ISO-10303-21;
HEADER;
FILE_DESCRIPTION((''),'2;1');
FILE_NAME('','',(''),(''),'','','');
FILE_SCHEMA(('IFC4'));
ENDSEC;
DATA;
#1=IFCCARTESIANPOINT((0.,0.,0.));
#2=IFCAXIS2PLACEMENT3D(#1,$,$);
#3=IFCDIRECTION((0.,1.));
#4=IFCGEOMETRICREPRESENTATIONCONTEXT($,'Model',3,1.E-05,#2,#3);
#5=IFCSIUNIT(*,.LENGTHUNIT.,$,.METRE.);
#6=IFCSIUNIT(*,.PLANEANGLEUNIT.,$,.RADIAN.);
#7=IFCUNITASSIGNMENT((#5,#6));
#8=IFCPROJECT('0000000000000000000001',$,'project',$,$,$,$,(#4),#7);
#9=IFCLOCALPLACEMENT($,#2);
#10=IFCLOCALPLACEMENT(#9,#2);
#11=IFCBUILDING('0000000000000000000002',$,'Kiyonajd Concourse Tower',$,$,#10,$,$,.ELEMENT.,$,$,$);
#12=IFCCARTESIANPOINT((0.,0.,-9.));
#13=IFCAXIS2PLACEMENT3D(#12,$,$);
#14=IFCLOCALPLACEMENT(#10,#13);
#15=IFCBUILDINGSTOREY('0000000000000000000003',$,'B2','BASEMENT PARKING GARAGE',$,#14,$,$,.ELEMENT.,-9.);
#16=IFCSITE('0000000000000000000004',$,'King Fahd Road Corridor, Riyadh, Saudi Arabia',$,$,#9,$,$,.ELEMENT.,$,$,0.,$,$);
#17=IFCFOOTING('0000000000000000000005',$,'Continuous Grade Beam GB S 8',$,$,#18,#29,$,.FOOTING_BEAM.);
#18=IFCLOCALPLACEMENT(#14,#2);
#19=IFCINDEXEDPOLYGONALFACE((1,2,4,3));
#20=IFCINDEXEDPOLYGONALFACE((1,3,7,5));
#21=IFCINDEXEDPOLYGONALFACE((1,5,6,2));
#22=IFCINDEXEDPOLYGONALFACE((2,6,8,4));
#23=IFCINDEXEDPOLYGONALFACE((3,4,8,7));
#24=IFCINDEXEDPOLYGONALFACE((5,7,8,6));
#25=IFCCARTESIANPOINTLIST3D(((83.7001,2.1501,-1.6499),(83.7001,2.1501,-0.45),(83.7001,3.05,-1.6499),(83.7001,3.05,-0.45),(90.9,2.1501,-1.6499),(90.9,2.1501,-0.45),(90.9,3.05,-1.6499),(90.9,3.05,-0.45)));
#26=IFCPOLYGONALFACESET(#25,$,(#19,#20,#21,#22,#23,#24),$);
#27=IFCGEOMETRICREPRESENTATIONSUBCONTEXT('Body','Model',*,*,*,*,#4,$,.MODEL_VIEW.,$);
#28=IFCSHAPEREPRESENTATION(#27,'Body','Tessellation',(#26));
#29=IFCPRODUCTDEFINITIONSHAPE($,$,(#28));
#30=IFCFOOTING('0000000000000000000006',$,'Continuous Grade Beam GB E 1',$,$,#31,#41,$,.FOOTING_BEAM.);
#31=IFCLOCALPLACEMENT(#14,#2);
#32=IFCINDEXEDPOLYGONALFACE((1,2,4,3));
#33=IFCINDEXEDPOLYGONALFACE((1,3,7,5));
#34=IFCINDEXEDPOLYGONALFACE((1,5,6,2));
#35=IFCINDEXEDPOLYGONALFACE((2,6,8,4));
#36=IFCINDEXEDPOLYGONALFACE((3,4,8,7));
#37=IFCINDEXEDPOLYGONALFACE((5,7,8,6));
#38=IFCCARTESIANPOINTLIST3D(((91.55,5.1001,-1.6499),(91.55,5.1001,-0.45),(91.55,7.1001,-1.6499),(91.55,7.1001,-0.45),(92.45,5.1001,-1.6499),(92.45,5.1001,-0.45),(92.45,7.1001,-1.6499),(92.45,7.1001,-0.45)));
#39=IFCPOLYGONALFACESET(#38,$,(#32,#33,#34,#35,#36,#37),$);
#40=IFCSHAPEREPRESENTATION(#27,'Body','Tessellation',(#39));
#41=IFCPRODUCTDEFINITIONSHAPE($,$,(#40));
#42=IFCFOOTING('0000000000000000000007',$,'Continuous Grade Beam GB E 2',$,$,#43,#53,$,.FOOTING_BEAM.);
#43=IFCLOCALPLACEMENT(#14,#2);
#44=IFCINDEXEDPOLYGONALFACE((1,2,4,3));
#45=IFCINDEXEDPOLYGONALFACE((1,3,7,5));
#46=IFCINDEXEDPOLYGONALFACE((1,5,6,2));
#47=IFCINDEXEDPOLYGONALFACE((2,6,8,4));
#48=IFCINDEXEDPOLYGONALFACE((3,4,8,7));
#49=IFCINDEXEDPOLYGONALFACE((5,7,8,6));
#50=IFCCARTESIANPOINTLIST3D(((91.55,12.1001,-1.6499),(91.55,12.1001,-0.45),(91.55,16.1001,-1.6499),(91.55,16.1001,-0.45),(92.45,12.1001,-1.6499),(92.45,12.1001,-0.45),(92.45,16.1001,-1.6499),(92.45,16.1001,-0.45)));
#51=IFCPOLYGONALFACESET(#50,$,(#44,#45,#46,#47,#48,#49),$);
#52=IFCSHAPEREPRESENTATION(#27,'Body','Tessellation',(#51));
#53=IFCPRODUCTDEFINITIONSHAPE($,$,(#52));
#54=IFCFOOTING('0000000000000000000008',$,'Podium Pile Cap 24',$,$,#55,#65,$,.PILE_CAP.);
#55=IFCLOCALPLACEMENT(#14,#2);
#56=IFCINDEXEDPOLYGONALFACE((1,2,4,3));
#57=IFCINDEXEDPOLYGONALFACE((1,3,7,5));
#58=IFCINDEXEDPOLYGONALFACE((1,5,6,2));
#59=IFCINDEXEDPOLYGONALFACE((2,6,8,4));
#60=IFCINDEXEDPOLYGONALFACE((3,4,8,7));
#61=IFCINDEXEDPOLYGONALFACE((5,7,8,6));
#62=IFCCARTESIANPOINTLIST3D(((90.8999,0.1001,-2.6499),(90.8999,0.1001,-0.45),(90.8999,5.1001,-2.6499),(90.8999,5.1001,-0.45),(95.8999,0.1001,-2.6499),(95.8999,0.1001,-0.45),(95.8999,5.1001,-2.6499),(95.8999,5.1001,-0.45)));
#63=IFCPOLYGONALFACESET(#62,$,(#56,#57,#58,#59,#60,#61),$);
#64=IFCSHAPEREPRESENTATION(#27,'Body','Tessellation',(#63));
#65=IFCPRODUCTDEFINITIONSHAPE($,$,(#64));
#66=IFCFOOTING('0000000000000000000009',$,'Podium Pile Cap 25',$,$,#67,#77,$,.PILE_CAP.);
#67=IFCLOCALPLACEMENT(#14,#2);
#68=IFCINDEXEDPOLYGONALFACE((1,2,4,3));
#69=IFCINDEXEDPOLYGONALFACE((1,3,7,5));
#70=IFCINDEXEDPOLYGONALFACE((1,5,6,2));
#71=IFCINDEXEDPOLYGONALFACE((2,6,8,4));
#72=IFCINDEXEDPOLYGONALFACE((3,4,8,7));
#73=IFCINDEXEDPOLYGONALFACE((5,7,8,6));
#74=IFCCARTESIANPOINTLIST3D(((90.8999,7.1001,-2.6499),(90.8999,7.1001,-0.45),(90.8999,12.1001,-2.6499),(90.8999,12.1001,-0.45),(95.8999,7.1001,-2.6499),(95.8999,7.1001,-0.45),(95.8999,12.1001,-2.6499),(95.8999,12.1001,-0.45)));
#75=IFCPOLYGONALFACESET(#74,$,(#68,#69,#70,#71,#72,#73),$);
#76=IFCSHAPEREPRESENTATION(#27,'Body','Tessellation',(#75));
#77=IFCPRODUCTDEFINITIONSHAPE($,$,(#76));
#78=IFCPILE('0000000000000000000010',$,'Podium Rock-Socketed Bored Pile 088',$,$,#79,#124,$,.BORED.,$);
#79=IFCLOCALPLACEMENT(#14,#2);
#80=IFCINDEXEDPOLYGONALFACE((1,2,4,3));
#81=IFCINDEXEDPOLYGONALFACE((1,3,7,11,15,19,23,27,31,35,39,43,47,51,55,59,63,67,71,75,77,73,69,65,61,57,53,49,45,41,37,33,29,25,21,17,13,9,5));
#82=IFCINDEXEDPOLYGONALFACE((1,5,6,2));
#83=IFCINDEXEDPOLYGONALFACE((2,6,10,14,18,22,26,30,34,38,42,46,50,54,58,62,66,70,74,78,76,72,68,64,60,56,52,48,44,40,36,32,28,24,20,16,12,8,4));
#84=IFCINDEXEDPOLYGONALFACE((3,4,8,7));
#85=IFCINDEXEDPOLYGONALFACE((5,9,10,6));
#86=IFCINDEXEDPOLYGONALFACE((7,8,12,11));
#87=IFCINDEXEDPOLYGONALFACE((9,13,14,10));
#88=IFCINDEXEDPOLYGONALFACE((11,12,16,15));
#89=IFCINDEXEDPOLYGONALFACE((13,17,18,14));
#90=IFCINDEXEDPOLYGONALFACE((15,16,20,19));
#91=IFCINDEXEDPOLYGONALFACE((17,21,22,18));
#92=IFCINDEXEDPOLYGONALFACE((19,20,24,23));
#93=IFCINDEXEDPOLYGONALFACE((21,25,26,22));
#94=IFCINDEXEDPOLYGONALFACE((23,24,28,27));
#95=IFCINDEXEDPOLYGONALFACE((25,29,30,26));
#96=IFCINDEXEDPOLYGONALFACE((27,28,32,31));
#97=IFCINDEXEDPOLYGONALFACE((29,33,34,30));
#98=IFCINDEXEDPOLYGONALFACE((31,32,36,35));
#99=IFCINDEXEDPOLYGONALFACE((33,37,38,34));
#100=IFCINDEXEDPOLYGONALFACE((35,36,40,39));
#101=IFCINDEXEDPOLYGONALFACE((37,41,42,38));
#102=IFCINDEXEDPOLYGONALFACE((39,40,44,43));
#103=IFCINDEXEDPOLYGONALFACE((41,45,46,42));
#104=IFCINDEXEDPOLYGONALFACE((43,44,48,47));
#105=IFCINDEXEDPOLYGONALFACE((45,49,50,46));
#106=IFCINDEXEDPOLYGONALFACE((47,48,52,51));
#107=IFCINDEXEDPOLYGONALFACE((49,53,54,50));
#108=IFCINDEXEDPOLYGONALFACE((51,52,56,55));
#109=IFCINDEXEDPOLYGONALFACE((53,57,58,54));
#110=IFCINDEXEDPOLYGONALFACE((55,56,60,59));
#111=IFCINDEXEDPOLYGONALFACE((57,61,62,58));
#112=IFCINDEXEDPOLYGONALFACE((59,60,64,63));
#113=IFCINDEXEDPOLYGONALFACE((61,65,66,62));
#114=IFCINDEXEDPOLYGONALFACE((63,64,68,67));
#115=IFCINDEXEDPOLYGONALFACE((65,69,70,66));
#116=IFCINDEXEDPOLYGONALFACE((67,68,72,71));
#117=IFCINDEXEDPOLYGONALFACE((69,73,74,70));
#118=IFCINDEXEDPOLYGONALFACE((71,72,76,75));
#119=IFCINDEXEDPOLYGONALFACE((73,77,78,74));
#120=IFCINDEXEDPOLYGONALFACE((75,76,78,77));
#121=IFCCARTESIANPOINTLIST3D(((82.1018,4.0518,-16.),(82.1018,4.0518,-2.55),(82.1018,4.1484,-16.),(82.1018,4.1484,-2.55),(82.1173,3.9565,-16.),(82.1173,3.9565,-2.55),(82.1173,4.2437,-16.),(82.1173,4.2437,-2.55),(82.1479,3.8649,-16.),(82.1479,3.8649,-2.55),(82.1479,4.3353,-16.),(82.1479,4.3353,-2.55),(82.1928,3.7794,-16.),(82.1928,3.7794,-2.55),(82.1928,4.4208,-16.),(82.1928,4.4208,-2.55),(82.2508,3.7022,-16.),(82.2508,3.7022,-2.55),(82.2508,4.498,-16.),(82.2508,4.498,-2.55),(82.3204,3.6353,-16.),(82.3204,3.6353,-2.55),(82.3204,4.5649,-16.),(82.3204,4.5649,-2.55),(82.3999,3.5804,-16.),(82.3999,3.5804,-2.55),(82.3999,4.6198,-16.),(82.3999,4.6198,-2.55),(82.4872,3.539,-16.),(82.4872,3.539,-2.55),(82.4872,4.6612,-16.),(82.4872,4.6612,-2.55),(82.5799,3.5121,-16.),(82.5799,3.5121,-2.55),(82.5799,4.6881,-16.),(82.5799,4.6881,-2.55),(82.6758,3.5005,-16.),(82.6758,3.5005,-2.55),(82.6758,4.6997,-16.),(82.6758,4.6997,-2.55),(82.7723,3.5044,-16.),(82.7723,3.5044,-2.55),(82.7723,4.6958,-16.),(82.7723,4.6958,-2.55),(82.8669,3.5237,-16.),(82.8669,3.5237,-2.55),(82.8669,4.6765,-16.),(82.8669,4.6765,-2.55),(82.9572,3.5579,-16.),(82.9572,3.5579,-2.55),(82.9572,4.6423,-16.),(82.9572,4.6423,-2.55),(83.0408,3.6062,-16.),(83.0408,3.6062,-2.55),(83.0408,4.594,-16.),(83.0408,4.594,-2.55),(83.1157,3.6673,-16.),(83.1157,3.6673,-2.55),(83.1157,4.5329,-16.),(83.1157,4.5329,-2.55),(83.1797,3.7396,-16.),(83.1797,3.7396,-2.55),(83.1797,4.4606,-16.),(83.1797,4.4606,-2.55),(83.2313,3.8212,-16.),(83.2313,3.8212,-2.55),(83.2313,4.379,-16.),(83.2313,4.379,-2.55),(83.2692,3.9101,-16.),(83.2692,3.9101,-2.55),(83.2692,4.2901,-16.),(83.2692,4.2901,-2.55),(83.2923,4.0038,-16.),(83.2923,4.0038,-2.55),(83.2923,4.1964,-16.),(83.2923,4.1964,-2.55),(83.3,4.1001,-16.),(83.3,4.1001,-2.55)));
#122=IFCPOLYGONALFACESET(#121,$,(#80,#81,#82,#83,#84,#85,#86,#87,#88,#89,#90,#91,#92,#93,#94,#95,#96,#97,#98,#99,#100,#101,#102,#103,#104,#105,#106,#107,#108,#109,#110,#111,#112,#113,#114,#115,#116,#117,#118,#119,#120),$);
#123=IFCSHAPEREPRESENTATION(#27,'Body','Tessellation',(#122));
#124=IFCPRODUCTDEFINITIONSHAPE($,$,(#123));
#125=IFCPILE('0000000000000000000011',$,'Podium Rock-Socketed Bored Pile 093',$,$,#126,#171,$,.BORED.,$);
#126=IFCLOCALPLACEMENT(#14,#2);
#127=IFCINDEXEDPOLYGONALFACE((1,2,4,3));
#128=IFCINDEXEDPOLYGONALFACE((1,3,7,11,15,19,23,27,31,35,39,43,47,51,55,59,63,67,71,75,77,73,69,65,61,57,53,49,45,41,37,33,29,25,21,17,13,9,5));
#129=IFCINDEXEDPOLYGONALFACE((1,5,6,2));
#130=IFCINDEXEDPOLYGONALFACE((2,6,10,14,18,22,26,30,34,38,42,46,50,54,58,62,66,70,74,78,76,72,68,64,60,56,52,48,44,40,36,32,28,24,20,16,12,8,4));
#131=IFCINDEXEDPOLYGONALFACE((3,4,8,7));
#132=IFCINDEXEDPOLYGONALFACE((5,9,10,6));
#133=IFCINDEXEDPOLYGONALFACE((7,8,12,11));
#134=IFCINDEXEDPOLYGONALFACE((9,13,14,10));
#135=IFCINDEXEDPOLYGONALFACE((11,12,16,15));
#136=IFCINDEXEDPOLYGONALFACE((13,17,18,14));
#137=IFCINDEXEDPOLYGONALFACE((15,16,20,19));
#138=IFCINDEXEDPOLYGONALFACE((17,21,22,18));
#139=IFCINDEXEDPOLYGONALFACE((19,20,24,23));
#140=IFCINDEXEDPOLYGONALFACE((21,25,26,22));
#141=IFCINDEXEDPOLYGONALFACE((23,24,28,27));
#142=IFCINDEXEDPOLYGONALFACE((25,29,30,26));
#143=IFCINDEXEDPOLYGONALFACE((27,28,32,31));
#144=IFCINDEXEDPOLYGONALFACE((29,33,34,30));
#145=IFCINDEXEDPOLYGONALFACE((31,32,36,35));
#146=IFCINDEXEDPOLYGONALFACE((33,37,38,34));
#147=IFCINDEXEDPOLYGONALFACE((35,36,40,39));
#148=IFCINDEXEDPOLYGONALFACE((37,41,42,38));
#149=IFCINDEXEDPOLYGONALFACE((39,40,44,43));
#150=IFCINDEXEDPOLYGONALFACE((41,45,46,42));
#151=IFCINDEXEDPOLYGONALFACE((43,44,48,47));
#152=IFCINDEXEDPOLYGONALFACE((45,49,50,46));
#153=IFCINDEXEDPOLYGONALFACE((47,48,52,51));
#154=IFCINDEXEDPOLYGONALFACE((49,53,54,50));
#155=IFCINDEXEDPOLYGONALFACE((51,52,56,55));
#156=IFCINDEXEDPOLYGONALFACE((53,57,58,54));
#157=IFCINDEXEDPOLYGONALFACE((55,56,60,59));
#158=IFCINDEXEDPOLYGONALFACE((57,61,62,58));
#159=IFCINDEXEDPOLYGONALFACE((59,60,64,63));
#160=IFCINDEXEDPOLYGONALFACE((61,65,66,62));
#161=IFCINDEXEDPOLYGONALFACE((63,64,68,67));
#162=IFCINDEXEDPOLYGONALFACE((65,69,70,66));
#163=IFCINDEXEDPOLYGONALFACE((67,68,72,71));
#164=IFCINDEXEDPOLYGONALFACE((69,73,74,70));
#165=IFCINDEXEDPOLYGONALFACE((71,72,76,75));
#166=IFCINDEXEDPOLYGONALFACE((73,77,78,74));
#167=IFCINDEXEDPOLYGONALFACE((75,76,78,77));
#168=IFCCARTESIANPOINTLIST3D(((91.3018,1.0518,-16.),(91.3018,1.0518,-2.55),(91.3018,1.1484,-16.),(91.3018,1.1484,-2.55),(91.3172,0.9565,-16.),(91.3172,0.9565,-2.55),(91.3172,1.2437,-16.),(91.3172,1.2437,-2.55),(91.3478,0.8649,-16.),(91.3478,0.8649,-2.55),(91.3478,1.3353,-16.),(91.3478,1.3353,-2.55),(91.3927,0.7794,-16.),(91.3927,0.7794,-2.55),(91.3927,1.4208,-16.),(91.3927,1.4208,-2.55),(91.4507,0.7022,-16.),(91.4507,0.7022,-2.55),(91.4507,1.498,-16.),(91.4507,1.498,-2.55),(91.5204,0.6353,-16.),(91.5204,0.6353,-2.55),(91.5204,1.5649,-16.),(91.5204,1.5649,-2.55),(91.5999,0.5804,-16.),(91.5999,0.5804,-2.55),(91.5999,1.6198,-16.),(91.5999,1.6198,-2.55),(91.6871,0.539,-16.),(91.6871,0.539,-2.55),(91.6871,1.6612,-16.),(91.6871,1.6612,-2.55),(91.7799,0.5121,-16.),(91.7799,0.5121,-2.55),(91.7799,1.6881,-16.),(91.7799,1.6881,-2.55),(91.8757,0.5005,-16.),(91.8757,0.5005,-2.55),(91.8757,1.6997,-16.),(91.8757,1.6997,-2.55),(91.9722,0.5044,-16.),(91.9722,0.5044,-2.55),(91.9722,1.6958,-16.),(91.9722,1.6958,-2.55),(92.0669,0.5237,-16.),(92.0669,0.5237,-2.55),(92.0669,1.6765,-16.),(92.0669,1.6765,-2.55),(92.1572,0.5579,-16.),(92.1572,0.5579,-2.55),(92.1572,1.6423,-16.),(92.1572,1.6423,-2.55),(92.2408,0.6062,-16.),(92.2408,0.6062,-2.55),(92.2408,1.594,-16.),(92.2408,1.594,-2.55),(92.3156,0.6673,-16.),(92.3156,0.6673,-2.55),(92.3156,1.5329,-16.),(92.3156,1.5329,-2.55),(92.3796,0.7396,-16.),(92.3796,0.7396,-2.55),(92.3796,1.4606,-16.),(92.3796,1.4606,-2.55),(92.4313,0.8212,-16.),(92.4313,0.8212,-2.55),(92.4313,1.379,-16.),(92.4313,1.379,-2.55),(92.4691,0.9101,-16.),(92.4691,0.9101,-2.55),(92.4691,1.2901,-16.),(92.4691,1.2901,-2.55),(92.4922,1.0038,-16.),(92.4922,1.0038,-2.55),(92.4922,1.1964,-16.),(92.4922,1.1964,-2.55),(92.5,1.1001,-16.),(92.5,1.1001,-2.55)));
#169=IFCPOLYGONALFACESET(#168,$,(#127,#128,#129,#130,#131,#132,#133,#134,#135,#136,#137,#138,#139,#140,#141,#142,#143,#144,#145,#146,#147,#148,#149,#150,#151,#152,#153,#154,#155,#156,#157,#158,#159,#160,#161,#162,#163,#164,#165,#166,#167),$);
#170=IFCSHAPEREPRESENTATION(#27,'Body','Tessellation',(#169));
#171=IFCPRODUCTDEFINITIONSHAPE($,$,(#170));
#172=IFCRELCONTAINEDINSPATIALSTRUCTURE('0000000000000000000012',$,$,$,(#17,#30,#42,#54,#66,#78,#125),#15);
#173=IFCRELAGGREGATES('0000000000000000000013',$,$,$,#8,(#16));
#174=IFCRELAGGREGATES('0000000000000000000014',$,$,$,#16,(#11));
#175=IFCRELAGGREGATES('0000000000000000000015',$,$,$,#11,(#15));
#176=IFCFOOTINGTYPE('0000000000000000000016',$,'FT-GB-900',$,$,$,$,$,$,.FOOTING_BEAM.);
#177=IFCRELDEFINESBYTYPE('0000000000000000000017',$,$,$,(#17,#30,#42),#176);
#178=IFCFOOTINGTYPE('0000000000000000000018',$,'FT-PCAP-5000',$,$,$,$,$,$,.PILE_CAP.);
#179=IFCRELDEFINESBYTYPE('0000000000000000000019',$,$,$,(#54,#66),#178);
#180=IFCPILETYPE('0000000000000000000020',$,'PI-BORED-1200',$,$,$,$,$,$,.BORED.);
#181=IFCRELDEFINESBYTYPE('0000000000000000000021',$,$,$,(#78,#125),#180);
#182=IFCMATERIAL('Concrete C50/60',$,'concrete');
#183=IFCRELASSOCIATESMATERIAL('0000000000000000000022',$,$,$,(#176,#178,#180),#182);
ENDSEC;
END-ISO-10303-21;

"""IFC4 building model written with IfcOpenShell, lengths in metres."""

from ifc_helpers import new_model, si_unit, direction, frame, origin, origin_2d, place, context, subcontext, project, spatial, rectangle, circle, extrude, material, material_profile, profile_set, type_object, element, save


model = new_model("IFC4")

# Units and contexts
model_context = context("Model", 3, precision=1e-05, world=origin(), true_north=direction((0.0, 1.0)))
body_context = subcontext(model_context, "Body", "Model", "MODEL_VIEW")
ifc_project = project(units=[si_unit("LENGTHUNIT", "METRE"), si_unit("PLANEANGLEUNIT", "RADIAN")], contexts=[model_context])

# Site, building, storey
site_placement = place(None, origin())
site = spatial("IfcSite", under=ifc_project, at=site_placement, Name="King Fahd Road Corridor, Riyadh, Saudi Arabia", CompositionType="ELEMENT", RefElevation=0.0)
building_placement = place(site_placement, origin())
building = spatial("IfcBuilding", under=site, at=building_placement, Name="Kiyonajd Concourse Tower", CompositionType="ELEMENT")
storey_placement = place(building_placement, frame((0.0, 0.0, -9.0)))
storey = spatial("IfcBuildingStorey", under=building, at=storey_placement, Name="B2", Description="BASEMENT PARKING GARAGE", CompositionType="ELEMENT", Elevation=-9.0)

# Footings
ifc_material_1 = material(Name="Concrete C50/60", Category="concrete")
footing_type_1 = type_object("IfcFootingType", Name="FT-GB-900", PredefinedType="FOOTING_BEAM", material=ifc_material_1)
footing_1_placement = place(storey_placement, frame((87.3, 2.6001, -1.6499), z_axis=(0.0, 0.0, 1.0), x_axis=(1.0, 0.0, 0.0)))
element("IfcFooting", 1, at=footing_1_placement, inside=storey, type_object=footing_type_1, Name="Continuous Grade Beam GB S 8", PredefinedType="FOOTING_BEAM", context=body_context, shape_type="SweptSolid", body=[
    extrude(rectangle(XDim=7.2, YDim=0.8999, at=origin_2d()), origin(), (0.0, 0.0, 1.0), 1.2),
])
footing_2_placement = place(storey_placement, frame((92.0, 6.1001, -1.6499), z_axis=(0.0, 0.0, 1.0), x_axis=(0.0, 1.0, 0.0)))
element("IfcFooting", 2, at=footing_2_placement, inside=storey, type_object=footing_type_1, Name="Continuous Grade Beam GB E 1", PredefinedType="FOOTING_BEAM", context=body_context, shape_type="SweptSolid", body=[
    extrude(rectangle(XDim=2.0, YDim=0.8999, at=origin_2d()), origin(), (0.0, 0.0, 1.0), 1.2),
])
footing_3_placement = place(storey_placement, frame((92.0, 14.1001, -1.6499), z_axis=(0.0, 0.0, 1.0), x_axis=(0.0, 1.0, 0.0)))
element("IfcFooting", 3, at=footing_3_placement, inside=storey, type_object=footing_type_1, Name="Continuous Grade Beam GB E 2", PredefinedType="FOOTING_BEAM", context=body_context, shape_type="SweptSolid", body=[
    extrude(rectangle(XDim=4.0, YDim=0.8999, at=origin_2d()), origin(), (0.0, 0.0, 1.0), 1.2),
])
footing_type_2 = type_object("IfcFootingType", Name="FT-PCAP-5000", PredefinedType="PILE_CAP", material=ifc_material_1)
for number, where, z_axis, x_axis, name in (
    (4, (93.3999, 2.6001, -2.6499), (0.0, 0.0, 1.0), (1.0, 0.0, 0.0), "Podium Pile Cap 24"),
    (5, (93.3999, 9.6001, -2.6499), (0.0, 0.0, 1.0), (1.0, 0.0, 0.0), "Podium Pile Cap 25"),
):
    element("IfcFooting", number, at=place(storey_placement, frame(where, z_axis=z_axis, x_axis=x_axis)), inside=storey, type_object=footing_type_2, Name=name, PredefinedType="PILE_CAP", context=body_context, shape_type="SweptSolid", body=[
        extrude(rectangle(XDim=5.0, YDim=5.0, at=origin_2d()), origin(), (0.0, 0.0, 1.0), 2.2),
    ])

# Piles
ifc_material_profile_1 = material_profile(ifc_material_1, circle(Radius=0.6001, at=origin_2d()), Name="PILE-D1200")
ifc_profile_set_1 = profile_set([ifc_material_profile_1], Name="Concrete C50/60")
pile_type = type_object("IfcPileType", Name="PI-BORED-1200", PredefinedType="BORED", material=ifc_profile_set_1)
for number, where, z_axis, x_axis, name in (
    (6, (82.7, 4.1001, -2.55), (0.0, 0.0, -1.0), (1.0, 0.0, 0.0), "Podium Rock-Socketed Bored Pile 088"),
    (7, (91.8999, 1.1001, -2.55), (0.0, 0.0, -1.0), (1.0, 0.0, 0.0), "Podium Rock-Socketed Bored Pile 093"),
):
    element("IfcPile", number, at=place(storey_placement, frame(where, z_axis=z_axis, x_axis=x_axis)), inside=storey, type_object=pile_type, Name=name, PredefinedType="BORED", context=body_context, shape_type="SweptSolid", body=[
        extrude(circle(Radius=0.6001, at=origin_2d()), origin(), (0.0, 0.0, 1.0), 13.45),
    ])

save(model, "model.ifc")
